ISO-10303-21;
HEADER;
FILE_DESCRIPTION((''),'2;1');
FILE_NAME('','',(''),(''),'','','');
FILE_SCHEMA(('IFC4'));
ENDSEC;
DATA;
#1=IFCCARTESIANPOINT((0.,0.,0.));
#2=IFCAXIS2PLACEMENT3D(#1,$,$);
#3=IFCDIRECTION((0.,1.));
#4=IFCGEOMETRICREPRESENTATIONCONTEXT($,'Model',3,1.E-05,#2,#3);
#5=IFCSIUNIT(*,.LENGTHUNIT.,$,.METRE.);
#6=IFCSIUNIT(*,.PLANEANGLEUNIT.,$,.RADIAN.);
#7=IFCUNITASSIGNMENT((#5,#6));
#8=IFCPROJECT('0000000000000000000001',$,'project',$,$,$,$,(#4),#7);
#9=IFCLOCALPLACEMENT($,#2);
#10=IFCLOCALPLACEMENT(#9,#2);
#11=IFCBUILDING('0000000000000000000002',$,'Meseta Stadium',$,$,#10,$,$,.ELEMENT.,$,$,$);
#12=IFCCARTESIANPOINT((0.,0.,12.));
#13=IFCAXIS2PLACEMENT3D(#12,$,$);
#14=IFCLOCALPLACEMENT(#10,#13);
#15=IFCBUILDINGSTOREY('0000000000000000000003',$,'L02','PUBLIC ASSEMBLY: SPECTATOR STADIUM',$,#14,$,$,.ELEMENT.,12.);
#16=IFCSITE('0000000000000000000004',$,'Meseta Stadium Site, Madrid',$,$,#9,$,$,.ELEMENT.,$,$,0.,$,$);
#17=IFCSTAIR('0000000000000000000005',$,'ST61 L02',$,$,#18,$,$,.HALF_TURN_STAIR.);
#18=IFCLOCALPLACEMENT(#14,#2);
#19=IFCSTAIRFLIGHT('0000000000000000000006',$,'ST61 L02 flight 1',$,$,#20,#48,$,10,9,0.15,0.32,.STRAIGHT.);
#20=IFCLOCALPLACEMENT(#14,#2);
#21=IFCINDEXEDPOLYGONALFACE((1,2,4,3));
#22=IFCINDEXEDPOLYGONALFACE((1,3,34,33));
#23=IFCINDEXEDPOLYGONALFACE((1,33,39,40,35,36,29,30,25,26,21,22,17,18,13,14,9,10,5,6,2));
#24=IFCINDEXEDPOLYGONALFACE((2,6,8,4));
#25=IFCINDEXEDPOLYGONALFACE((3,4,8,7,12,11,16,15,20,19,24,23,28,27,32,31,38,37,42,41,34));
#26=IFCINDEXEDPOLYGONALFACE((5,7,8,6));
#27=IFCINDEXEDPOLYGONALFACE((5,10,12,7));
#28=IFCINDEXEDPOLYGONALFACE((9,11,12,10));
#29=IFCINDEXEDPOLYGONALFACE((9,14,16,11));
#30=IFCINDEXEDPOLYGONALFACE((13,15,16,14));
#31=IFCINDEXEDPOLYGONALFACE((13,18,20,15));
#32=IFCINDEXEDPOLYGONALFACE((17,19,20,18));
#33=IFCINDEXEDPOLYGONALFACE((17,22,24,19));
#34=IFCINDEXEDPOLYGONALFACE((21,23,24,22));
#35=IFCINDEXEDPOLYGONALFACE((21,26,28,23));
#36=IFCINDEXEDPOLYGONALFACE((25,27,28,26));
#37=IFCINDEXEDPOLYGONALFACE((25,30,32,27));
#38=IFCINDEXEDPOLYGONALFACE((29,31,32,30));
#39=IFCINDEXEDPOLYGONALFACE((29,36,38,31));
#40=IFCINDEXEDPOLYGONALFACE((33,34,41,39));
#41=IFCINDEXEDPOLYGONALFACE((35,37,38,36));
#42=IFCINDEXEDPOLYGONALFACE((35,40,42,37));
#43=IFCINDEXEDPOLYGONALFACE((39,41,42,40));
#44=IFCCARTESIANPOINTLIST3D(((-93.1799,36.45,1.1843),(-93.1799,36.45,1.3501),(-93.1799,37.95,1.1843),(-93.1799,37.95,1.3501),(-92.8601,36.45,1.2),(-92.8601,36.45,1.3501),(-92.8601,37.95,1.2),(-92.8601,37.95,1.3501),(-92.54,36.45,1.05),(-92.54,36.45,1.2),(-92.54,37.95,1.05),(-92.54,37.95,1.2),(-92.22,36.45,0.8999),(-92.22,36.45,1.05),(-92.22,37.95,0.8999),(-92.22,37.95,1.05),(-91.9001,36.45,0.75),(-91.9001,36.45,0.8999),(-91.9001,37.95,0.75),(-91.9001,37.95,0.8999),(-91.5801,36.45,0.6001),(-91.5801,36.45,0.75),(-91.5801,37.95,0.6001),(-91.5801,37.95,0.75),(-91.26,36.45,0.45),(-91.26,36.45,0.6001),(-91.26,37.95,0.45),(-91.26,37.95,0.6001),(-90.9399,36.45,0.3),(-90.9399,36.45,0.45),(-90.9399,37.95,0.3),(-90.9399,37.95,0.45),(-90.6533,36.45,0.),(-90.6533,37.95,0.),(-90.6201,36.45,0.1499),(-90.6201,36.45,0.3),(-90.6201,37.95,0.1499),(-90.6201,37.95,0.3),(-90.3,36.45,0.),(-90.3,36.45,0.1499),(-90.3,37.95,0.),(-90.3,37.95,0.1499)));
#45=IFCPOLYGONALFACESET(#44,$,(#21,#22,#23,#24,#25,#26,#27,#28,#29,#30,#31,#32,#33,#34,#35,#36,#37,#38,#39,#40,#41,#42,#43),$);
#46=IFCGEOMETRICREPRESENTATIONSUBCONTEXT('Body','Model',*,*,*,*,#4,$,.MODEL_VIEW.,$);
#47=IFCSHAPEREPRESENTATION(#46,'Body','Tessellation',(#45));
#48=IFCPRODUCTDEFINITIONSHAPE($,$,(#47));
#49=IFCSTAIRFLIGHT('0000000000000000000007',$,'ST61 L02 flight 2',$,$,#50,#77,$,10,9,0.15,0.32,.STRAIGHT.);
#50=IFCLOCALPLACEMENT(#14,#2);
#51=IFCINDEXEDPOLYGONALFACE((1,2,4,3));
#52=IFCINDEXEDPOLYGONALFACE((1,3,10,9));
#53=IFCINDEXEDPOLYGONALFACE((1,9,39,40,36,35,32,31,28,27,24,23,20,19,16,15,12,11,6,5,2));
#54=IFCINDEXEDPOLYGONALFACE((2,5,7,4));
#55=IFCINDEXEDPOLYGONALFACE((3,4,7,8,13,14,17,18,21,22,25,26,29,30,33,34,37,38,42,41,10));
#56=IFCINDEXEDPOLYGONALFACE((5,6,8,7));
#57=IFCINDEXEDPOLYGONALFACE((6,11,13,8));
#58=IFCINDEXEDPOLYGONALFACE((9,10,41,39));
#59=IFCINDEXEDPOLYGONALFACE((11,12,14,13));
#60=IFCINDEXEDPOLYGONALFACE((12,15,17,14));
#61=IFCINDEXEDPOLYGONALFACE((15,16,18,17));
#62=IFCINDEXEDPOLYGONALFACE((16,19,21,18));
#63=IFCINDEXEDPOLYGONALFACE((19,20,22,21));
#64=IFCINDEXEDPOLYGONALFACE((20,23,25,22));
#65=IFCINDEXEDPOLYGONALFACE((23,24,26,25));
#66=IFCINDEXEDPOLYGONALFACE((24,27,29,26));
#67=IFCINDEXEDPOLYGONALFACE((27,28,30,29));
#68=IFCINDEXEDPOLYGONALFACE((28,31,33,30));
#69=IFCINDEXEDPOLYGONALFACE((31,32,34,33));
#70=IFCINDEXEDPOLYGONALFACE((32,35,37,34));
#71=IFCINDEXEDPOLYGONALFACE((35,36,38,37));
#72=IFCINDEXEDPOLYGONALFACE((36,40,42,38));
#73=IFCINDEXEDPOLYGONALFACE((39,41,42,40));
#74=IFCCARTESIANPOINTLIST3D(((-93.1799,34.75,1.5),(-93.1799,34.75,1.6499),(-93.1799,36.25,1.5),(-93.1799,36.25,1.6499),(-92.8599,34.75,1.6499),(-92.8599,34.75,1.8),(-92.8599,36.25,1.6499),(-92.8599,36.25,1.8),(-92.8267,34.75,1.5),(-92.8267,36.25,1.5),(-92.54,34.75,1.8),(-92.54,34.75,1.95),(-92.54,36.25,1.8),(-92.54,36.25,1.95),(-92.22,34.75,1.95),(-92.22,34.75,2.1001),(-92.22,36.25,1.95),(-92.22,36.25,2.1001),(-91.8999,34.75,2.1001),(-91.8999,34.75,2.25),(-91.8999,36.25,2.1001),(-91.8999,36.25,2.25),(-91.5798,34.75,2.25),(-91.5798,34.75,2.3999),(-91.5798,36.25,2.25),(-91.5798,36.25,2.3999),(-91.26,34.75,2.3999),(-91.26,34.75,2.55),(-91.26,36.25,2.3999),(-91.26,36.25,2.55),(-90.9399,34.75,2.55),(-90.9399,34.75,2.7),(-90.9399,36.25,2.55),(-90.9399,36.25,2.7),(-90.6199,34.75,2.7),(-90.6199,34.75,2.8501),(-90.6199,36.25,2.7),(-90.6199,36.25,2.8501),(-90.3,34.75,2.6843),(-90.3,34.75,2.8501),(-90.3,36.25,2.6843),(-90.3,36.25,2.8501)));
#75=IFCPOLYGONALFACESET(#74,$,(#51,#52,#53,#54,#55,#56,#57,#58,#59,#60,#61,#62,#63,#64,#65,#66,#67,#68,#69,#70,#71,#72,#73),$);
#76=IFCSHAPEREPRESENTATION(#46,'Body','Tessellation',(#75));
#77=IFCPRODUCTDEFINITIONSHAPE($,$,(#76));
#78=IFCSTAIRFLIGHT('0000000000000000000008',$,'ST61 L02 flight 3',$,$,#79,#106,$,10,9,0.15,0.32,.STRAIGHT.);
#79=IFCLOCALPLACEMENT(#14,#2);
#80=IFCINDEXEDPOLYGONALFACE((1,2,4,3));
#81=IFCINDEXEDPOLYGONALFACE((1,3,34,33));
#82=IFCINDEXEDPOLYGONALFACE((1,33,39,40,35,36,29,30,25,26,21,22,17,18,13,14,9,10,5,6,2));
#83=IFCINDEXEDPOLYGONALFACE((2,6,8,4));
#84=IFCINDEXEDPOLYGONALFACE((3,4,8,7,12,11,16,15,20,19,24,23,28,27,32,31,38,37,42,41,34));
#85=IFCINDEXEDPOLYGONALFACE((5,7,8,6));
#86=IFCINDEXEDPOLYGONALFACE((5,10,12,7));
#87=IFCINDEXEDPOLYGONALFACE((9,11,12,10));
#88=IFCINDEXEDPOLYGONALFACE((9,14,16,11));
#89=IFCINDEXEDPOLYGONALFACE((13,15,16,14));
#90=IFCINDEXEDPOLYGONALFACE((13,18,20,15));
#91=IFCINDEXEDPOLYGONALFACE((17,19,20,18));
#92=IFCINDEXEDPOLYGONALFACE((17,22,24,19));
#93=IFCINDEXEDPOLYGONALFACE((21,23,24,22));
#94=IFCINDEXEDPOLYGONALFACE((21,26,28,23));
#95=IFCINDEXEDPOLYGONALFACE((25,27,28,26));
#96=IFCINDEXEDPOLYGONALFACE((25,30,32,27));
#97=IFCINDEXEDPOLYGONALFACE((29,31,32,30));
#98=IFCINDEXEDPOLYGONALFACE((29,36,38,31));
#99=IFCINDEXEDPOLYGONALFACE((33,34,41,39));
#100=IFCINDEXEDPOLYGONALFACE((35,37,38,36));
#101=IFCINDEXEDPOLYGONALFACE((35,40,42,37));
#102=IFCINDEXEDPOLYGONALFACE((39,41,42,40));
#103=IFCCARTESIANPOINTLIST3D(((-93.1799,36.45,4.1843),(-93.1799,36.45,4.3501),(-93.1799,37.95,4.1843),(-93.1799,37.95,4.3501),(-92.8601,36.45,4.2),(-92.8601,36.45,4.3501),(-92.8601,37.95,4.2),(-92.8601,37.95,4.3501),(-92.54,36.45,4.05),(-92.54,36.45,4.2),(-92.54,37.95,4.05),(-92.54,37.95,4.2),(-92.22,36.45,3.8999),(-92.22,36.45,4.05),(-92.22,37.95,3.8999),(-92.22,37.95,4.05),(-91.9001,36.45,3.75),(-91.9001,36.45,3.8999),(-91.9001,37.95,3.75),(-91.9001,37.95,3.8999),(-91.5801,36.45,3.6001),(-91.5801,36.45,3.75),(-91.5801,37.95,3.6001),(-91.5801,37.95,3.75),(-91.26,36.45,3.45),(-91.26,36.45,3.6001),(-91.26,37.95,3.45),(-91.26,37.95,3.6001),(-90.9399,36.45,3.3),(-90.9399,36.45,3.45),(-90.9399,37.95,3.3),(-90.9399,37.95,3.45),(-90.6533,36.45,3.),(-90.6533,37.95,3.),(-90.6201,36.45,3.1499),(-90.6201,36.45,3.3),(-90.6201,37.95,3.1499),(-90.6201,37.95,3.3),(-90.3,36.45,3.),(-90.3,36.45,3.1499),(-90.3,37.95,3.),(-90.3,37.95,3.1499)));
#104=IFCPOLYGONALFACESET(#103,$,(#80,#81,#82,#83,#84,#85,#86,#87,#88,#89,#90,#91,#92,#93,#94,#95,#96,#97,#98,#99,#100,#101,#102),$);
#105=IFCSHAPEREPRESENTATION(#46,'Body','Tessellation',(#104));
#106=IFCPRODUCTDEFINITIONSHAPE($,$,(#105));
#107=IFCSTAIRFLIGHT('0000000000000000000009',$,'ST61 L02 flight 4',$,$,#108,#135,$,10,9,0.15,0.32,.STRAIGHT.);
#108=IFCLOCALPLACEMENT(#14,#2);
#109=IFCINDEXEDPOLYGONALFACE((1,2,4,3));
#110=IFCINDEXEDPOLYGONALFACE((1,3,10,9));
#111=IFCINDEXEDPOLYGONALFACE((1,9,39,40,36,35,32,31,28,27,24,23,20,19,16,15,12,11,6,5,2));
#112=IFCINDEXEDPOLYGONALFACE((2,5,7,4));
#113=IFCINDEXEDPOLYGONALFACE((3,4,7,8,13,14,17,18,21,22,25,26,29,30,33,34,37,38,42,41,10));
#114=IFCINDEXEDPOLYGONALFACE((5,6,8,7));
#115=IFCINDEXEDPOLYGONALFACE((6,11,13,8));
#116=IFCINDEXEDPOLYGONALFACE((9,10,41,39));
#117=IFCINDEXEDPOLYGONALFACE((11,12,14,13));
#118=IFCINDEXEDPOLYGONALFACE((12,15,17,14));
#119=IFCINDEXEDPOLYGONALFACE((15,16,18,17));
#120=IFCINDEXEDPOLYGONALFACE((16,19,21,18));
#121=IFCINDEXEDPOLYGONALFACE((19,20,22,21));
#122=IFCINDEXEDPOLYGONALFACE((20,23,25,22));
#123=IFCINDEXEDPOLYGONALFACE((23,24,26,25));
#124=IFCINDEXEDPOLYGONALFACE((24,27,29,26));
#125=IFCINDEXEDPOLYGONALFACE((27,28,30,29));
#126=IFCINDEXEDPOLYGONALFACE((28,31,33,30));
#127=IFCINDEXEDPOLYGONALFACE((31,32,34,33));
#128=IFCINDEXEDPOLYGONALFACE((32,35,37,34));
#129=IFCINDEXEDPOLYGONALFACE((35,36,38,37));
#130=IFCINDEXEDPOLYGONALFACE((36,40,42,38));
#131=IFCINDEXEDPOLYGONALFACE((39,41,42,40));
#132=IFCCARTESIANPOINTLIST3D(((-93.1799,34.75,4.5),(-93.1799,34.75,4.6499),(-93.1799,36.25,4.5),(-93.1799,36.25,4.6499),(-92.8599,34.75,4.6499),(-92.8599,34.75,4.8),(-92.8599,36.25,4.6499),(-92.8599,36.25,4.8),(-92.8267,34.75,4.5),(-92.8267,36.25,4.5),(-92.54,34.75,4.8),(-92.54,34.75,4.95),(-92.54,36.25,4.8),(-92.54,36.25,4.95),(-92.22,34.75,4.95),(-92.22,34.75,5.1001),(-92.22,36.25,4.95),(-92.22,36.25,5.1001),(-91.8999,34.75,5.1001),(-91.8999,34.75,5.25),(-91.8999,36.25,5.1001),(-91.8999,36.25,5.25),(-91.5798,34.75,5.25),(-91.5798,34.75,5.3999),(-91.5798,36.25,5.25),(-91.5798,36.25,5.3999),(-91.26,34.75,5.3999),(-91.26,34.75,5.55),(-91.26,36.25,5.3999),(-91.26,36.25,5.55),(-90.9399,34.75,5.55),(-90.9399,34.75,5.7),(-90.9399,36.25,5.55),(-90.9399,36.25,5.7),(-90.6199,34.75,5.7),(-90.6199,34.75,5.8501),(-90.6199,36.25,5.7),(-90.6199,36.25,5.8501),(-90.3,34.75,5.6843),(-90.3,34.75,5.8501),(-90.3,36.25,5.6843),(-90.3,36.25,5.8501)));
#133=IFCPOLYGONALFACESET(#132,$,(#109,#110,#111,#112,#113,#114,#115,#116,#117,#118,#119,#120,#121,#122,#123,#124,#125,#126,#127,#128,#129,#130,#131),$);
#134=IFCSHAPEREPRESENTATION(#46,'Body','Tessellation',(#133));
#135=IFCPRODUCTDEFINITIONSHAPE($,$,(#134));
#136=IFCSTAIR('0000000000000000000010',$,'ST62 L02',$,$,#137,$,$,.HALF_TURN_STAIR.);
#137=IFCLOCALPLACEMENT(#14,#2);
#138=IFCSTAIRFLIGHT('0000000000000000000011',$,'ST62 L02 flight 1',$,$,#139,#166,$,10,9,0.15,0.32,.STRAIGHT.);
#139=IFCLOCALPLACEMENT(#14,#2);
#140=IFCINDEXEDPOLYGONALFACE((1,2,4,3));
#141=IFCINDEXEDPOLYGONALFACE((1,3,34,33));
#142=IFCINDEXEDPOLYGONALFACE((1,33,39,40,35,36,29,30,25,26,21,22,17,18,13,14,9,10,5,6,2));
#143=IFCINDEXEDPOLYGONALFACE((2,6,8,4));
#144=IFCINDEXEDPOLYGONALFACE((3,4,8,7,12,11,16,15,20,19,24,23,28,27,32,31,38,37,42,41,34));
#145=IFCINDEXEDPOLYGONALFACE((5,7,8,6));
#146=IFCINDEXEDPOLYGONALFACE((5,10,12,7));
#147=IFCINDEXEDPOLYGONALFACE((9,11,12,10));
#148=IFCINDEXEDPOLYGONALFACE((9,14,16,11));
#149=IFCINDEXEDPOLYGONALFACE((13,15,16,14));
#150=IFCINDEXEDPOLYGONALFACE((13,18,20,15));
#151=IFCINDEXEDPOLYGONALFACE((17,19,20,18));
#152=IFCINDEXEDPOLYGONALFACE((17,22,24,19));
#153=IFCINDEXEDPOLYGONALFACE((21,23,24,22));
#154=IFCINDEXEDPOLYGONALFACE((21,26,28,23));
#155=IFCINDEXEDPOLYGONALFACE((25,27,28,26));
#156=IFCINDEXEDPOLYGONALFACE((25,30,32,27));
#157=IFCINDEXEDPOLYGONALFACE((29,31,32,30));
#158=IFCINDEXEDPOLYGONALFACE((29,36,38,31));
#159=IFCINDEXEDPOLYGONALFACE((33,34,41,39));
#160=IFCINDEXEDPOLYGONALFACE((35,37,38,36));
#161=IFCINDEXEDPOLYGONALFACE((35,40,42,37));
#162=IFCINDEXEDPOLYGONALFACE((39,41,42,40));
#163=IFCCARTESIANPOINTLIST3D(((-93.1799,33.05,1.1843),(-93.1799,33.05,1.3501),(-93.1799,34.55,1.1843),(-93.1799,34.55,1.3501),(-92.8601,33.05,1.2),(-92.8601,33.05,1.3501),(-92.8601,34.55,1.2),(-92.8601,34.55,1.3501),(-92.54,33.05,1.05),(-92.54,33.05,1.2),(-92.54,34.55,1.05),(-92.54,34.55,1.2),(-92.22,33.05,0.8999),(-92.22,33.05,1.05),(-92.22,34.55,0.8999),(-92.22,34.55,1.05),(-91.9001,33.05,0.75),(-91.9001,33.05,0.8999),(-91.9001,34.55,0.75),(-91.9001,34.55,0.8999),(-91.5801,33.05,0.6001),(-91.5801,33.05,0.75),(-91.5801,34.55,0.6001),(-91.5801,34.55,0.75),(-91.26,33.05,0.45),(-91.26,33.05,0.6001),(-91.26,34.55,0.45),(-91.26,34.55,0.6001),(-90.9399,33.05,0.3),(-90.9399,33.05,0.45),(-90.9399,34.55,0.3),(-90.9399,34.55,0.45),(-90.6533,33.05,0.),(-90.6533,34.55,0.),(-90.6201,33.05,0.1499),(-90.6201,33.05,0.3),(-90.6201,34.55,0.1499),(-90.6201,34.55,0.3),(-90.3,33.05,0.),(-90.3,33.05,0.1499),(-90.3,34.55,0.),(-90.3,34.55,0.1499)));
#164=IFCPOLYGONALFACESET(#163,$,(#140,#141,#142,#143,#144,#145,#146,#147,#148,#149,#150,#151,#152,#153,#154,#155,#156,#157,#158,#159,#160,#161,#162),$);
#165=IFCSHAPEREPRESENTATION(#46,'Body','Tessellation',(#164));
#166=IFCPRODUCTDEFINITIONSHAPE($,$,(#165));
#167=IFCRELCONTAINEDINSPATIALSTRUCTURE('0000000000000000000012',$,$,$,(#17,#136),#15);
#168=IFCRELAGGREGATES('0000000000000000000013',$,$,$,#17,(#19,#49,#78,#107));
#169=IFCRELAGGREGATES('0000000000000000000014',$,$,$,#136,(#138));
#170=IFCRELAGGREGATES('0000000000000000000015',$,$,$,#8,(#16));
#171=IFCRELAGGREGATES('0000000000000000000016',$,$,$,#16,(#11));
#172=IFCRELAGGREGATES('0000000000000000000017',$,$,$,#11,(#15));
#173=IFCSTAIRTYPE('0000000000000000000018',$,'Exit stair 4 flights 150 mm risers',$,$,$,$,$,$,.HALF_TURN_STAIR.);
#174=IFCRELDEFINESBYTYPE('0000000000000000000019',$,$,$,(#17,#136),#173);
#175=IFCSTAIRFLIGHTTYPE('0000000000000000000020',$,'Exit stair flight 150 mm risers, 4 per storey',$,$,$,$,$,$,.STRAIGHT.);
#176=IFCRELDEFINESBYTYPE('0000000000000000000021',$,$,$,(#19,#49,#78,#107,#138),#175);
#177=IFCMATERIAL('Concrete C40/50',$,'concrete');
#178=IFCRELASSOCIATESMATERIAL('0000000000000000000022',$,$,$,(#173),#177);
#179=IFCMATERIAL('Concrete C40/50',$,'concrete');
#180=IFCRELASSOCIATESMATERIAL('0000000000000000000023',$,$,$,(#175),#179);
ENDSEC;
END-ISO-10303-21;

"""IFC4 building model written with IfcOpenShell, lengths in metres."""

from ifc_helpers import new_model, si_unit, direction, frame, origin, place, context, subcontext, project, spatial, polyline, outline, extrude, material, type_object, element, aggregate, save


model = new_model("IFC4")

# Units and contexts
model_context = context("Model", 3, precision=1e-05, world=origin(), true_north=direction((0.0, 1.0)))
body_context = subcontext(model_context, "Body", "Model", "MODEL_VIEW")
ifc_project = project(units=[si_unit("LENGTHUNIT", "METRE"), si_unit("PLANEANGLEUNIT", "RADIAN")], contexts=[model_context])

# Site, building, storey
site_placement = place(None, origin())
site = spatial("IfcSite", under=ifc_project, at=site_placement, Name="Meseta Stadium Site, Madrid", CompositionType="ELEMENT", RefElevation=0.0)
building_placement = place(site_placement, origin())
building = spatial("IfcBuilding", under=site, at=building_placement, Name="Meseta Stadium", CompositionType="ELEMENT")
storey_placement = place(building_placement, frame((0.0, 0.0, 12.0)))
storey = spatial("IfcBuildingStorey", under=building, at=storey_placement, Name="L02", Description="PUBLIC ASSEMBLY: SPECTATOR STADIUM", CompositionType="ELEMENT", Elevation=12.0)

# Stairs, stair flights
ifc_material_1 = material(Name="Concrete C40/50", Category="concrete")
stair_type = type_object("IfcStairType", Name="Exit stair 4 flights 150 mm risers", PredefinedType="HALF_TURN_STAIR", material=ifc_material_1)
stair_1_placement = place(storey_placement, origin())
stair_1 = element("IfcStair", 1, at=stair_1_placement, inside=storey, type_object=stair_type, Name="ST61 L02", PredefinedType="HALF_TURN_STAIR")
ifc_material_2 = material(Name="Concrete C40/50", Category="concrete")
stair_flight_type = type_object("IfcStairFlightType", Name="Exit stair flight 150 mm risers, 4 per storey", PredefinedType="STRAIGHT", material=ifc_material_2)
stair_flight_1_placement = place(storey_placement, frame((-90.3, 37.2, 0.0), z_axis=(0.0, 0.0, 1.0), x_axis=(-1.0, 0.0, 0.0)))
stair_flight_1 = element("IfcStairFlight", 2, at=stair_flight_1_placement, type_object=stair_flight_type, Name="ST61 L02 flight 1", NumberOfRisers=10, NumberOfTreads=9, PredefinedType="STRAIGHT", RiserHeight=0.15, TreadLength=0.32, context=body_context, shape_type="SweptSolid", body=[
    extrude(outline(polyline([(0.0, 0.0), (0.0, 0.1499), (0.3201, 0.1499), (0.3201, 0.3), (0.6399, 0.3), (0.6399, 0.45), (0.96, 0.45), (0.96, 0.6001), (1.28, 0.6001), (1.28, 0.75), (1.6001, 0.75), (1.6001, 0.8999), (1.9199, 0.8999), (1.9199, 1.05), (2.24, 1.05), (2.24, 1.2), (2.5601, 1.2), (2.5601, 1.3501), (2.8799, 1.3501), (2.8799, 1.1843), (0.3533, 0.0), (0.0, 0.0)])), frame((0.0, 0.75, 0.0), z_axis=(0.0, -1.0, 0.0), x_axis=(1.0, 0.0, 0.0)), (0.0, 0.0, 1.0), 1.5),
])
stair_flight_2_placement = place(storey_placement, frame((-93.1799, 35.5, 1.5), z_axis=(0.0, 0.0, 1.0), x_axis=(1.0, 0.0, 0.0)))
stair_flight_2 = element("IfcStairFlight", 3, at=stair_flight_2_placement, type_object=stair_flight_type, Name="ST61 L02 flight 2", NumberOfRisers=10, NumberOfTreads=9, PredefinedType="STRAIGHT", RiserHeight=0.15, TreadLength=0.32, context=body_context, shape_type="SweptSolid", body=[
    extrude(outline(polyline([(0.0, 0.0), (0.0, 0.1499), (0.3201, 0.1499), (0.3201, 0.3), (0.6399, 0.3), (0.6399, 0.45), (0.96, 0.45), (0.96, 0.6001), (1.28, 0.6001), (1.28, 0.75), (1.6001, 0.75), (1.6001, 0.8999), (1.9199, 0.8999), (1.9199, 1.05), (2.24, 1.05), (2.24, 1.2), (2.5601, 1.2), (2.5601, 1.3501), (2.8799, 1.3501), (2.8799, 1.1843), (0.3533, 0.0), (0.0, 0.0)])), frame((0.0, 0.75, 0.0), z_axis=(0.0, -1.0, 0.0), x_axis=(1.0, 0.0, 0.0)), (0.0, 0.0, 1.0), 1.5),
])
stair_flight_3_placement = place(storey_placement, frame((-90.3, 37.2, 3.0), z_axis=(0.0, 0.0, 1.0), x_axis=(-1.0, 0.0, 0.0)))
stair_flight_3 = element("IfcStairFlight", 4, at=stair_flight_3_placement, type_object=stair_flight_type, Name="ST61 L02 flight 3", NumberOfRisers=10, NumberOfTreads=9, PredefinedType="STRAIGHT", RiserHeight=0.15, TreadLength=0.32, context=body_context, shape_type="SweptSolid", body=[
    extrude(outline(polyline([(0.0, 0.0), (0.0, 0.1499), (0.3201, 0.1499), (0.3201, 0.3), (0.6399, 0.3), (0.6399, 0.45), (0.96, 0.45), (0.96, 0.6001), (1.28, 0.6001), (1.28, 0.75), (1.6001, 0.75), (1.6001, 0.8999), (1.9199, 0.8999), (1.9199, 1.05), (2.24, 1.05), (2.24, 1.2), (2.5601, 1.2), (2.5601, 1.3501), (2.8799, 1.3501), (2.8799, 1.1843), (0.3533, 0.0), (0.0, 0.0)])), frame((0.0, 0.75, 0.0), z_axis=(0.0, -1.0, 0.0), x_axis=(1.0, 0.0, 0.0)), (0.0, 0.0, 1.0), 1.5),
])
stair_flight_4_placement = place(storey_placement, frame((-93.1799, 35.5, 4.5), z_axis=(0.0, 0.0, 1.0), x_axis=(1.0, 0.0, 0.0)))
stair_flight_4 = element("IfcStairFlight", 5, at=stair_flight_4_placement, type_object=stair_flight_type, Name="ST61 L02 flight 4", NumberOfRisers=10, NumberOfTreads=9, PredefinedType="STRAIGHT", RiserHeight=0.15, TreadLength=0.32, context=body_context, shape_type="SweptSolid", body=[
    extrude(outline(polyline([(0.0, 0.0), (0.0, 0.1499), (0.3201, 0.1499), (0.3201, 0.3), (0.6399, 0.3), (0.6399, 0.45), (0.96, 0.45), (0.96, 0.6001), (1.28, 0.6001), (1.28, 0.75), (1.6001, 0.75), (1.6001, 0.8999), (1.9199, 0.8999), (1.9199, 1.05), (2.24, 1.05), (2.24, 1.2), (2.5601, 1.2), (2.5601, 1.3501), (2.8799, 1.3501), (2.8799, 1.1843), (0.3533, 0.0), (0.0, 0.0)])), frame((0.0, 0.75, 0.0), z_axis=(0.0, -1.0, 0.0), x_axis=(1.0, 0.0, 0.0)), (0.0, 0.0, 1.0), 1.5),
])
aggregate(stair_1, [stair_flight_1, stair_flight_2, stair_flight_3, stair_flight_4])
stair_2_placement = place(storey_placement, origin())
stair_2 = element("IfcStair", 6, at=stair_2_placement, inside=storey, type_object=stair_type, Name="ST62 L02", PredefinedType="HALF_TURN_STAIR")
stair_flight_5_placement = place(storey_placement, frame((-90.3, 33.8, 0.0), z_axis=(0.0, 0.0, 1.0), x_axis=(-1.0, 0.0, 0.0)))
stair_flight_5 = element("IfcStairFlight", 7, at=stair_flight_5_placement, type_object=stair_flight_type, Name="ST62 L02 flight 1", NumberOfRisers=10, NumberOfTreads=9, PredefinedType="STRAIGHT", RiserHeight=0.15, TreadLength=0.32, context=body_context, shape_type="SweptSolid", body=[
    extrude(outline(polyline([(0.0, 0.0), (0.0, 0.1499), (0.3201, 0.1499), (0.3201, 0.3), (0.6399, 0.3), (0.6399, 0.45), (0.96, 0.45), (0.96, 0.6001), (1.28, 0.6001), (1.28, 0.75), (1.6001, 0.75), (1.6001, 0.8999), (1.9199, 0.8999), (1.9199, 1.05), (2.24, 1.05), (2.24, 1.2), (2.5601, 1.2), (2.5601, 1.3501), (2.8799, 1.3501), (2.8799, 1.1843), (0.3533, 0.0), (0.0, 0.0)])), frame((0.0, 0.75, 0.0), z_axis=(0.0, -1.0, 0.0), x_axis=(1.0, 0.0, 0.0)), (0.0, 0.0, 1.0), 1.5),
])
aggregate(stair_2, [stair_flight_5])

save(model, "model.ifc")
